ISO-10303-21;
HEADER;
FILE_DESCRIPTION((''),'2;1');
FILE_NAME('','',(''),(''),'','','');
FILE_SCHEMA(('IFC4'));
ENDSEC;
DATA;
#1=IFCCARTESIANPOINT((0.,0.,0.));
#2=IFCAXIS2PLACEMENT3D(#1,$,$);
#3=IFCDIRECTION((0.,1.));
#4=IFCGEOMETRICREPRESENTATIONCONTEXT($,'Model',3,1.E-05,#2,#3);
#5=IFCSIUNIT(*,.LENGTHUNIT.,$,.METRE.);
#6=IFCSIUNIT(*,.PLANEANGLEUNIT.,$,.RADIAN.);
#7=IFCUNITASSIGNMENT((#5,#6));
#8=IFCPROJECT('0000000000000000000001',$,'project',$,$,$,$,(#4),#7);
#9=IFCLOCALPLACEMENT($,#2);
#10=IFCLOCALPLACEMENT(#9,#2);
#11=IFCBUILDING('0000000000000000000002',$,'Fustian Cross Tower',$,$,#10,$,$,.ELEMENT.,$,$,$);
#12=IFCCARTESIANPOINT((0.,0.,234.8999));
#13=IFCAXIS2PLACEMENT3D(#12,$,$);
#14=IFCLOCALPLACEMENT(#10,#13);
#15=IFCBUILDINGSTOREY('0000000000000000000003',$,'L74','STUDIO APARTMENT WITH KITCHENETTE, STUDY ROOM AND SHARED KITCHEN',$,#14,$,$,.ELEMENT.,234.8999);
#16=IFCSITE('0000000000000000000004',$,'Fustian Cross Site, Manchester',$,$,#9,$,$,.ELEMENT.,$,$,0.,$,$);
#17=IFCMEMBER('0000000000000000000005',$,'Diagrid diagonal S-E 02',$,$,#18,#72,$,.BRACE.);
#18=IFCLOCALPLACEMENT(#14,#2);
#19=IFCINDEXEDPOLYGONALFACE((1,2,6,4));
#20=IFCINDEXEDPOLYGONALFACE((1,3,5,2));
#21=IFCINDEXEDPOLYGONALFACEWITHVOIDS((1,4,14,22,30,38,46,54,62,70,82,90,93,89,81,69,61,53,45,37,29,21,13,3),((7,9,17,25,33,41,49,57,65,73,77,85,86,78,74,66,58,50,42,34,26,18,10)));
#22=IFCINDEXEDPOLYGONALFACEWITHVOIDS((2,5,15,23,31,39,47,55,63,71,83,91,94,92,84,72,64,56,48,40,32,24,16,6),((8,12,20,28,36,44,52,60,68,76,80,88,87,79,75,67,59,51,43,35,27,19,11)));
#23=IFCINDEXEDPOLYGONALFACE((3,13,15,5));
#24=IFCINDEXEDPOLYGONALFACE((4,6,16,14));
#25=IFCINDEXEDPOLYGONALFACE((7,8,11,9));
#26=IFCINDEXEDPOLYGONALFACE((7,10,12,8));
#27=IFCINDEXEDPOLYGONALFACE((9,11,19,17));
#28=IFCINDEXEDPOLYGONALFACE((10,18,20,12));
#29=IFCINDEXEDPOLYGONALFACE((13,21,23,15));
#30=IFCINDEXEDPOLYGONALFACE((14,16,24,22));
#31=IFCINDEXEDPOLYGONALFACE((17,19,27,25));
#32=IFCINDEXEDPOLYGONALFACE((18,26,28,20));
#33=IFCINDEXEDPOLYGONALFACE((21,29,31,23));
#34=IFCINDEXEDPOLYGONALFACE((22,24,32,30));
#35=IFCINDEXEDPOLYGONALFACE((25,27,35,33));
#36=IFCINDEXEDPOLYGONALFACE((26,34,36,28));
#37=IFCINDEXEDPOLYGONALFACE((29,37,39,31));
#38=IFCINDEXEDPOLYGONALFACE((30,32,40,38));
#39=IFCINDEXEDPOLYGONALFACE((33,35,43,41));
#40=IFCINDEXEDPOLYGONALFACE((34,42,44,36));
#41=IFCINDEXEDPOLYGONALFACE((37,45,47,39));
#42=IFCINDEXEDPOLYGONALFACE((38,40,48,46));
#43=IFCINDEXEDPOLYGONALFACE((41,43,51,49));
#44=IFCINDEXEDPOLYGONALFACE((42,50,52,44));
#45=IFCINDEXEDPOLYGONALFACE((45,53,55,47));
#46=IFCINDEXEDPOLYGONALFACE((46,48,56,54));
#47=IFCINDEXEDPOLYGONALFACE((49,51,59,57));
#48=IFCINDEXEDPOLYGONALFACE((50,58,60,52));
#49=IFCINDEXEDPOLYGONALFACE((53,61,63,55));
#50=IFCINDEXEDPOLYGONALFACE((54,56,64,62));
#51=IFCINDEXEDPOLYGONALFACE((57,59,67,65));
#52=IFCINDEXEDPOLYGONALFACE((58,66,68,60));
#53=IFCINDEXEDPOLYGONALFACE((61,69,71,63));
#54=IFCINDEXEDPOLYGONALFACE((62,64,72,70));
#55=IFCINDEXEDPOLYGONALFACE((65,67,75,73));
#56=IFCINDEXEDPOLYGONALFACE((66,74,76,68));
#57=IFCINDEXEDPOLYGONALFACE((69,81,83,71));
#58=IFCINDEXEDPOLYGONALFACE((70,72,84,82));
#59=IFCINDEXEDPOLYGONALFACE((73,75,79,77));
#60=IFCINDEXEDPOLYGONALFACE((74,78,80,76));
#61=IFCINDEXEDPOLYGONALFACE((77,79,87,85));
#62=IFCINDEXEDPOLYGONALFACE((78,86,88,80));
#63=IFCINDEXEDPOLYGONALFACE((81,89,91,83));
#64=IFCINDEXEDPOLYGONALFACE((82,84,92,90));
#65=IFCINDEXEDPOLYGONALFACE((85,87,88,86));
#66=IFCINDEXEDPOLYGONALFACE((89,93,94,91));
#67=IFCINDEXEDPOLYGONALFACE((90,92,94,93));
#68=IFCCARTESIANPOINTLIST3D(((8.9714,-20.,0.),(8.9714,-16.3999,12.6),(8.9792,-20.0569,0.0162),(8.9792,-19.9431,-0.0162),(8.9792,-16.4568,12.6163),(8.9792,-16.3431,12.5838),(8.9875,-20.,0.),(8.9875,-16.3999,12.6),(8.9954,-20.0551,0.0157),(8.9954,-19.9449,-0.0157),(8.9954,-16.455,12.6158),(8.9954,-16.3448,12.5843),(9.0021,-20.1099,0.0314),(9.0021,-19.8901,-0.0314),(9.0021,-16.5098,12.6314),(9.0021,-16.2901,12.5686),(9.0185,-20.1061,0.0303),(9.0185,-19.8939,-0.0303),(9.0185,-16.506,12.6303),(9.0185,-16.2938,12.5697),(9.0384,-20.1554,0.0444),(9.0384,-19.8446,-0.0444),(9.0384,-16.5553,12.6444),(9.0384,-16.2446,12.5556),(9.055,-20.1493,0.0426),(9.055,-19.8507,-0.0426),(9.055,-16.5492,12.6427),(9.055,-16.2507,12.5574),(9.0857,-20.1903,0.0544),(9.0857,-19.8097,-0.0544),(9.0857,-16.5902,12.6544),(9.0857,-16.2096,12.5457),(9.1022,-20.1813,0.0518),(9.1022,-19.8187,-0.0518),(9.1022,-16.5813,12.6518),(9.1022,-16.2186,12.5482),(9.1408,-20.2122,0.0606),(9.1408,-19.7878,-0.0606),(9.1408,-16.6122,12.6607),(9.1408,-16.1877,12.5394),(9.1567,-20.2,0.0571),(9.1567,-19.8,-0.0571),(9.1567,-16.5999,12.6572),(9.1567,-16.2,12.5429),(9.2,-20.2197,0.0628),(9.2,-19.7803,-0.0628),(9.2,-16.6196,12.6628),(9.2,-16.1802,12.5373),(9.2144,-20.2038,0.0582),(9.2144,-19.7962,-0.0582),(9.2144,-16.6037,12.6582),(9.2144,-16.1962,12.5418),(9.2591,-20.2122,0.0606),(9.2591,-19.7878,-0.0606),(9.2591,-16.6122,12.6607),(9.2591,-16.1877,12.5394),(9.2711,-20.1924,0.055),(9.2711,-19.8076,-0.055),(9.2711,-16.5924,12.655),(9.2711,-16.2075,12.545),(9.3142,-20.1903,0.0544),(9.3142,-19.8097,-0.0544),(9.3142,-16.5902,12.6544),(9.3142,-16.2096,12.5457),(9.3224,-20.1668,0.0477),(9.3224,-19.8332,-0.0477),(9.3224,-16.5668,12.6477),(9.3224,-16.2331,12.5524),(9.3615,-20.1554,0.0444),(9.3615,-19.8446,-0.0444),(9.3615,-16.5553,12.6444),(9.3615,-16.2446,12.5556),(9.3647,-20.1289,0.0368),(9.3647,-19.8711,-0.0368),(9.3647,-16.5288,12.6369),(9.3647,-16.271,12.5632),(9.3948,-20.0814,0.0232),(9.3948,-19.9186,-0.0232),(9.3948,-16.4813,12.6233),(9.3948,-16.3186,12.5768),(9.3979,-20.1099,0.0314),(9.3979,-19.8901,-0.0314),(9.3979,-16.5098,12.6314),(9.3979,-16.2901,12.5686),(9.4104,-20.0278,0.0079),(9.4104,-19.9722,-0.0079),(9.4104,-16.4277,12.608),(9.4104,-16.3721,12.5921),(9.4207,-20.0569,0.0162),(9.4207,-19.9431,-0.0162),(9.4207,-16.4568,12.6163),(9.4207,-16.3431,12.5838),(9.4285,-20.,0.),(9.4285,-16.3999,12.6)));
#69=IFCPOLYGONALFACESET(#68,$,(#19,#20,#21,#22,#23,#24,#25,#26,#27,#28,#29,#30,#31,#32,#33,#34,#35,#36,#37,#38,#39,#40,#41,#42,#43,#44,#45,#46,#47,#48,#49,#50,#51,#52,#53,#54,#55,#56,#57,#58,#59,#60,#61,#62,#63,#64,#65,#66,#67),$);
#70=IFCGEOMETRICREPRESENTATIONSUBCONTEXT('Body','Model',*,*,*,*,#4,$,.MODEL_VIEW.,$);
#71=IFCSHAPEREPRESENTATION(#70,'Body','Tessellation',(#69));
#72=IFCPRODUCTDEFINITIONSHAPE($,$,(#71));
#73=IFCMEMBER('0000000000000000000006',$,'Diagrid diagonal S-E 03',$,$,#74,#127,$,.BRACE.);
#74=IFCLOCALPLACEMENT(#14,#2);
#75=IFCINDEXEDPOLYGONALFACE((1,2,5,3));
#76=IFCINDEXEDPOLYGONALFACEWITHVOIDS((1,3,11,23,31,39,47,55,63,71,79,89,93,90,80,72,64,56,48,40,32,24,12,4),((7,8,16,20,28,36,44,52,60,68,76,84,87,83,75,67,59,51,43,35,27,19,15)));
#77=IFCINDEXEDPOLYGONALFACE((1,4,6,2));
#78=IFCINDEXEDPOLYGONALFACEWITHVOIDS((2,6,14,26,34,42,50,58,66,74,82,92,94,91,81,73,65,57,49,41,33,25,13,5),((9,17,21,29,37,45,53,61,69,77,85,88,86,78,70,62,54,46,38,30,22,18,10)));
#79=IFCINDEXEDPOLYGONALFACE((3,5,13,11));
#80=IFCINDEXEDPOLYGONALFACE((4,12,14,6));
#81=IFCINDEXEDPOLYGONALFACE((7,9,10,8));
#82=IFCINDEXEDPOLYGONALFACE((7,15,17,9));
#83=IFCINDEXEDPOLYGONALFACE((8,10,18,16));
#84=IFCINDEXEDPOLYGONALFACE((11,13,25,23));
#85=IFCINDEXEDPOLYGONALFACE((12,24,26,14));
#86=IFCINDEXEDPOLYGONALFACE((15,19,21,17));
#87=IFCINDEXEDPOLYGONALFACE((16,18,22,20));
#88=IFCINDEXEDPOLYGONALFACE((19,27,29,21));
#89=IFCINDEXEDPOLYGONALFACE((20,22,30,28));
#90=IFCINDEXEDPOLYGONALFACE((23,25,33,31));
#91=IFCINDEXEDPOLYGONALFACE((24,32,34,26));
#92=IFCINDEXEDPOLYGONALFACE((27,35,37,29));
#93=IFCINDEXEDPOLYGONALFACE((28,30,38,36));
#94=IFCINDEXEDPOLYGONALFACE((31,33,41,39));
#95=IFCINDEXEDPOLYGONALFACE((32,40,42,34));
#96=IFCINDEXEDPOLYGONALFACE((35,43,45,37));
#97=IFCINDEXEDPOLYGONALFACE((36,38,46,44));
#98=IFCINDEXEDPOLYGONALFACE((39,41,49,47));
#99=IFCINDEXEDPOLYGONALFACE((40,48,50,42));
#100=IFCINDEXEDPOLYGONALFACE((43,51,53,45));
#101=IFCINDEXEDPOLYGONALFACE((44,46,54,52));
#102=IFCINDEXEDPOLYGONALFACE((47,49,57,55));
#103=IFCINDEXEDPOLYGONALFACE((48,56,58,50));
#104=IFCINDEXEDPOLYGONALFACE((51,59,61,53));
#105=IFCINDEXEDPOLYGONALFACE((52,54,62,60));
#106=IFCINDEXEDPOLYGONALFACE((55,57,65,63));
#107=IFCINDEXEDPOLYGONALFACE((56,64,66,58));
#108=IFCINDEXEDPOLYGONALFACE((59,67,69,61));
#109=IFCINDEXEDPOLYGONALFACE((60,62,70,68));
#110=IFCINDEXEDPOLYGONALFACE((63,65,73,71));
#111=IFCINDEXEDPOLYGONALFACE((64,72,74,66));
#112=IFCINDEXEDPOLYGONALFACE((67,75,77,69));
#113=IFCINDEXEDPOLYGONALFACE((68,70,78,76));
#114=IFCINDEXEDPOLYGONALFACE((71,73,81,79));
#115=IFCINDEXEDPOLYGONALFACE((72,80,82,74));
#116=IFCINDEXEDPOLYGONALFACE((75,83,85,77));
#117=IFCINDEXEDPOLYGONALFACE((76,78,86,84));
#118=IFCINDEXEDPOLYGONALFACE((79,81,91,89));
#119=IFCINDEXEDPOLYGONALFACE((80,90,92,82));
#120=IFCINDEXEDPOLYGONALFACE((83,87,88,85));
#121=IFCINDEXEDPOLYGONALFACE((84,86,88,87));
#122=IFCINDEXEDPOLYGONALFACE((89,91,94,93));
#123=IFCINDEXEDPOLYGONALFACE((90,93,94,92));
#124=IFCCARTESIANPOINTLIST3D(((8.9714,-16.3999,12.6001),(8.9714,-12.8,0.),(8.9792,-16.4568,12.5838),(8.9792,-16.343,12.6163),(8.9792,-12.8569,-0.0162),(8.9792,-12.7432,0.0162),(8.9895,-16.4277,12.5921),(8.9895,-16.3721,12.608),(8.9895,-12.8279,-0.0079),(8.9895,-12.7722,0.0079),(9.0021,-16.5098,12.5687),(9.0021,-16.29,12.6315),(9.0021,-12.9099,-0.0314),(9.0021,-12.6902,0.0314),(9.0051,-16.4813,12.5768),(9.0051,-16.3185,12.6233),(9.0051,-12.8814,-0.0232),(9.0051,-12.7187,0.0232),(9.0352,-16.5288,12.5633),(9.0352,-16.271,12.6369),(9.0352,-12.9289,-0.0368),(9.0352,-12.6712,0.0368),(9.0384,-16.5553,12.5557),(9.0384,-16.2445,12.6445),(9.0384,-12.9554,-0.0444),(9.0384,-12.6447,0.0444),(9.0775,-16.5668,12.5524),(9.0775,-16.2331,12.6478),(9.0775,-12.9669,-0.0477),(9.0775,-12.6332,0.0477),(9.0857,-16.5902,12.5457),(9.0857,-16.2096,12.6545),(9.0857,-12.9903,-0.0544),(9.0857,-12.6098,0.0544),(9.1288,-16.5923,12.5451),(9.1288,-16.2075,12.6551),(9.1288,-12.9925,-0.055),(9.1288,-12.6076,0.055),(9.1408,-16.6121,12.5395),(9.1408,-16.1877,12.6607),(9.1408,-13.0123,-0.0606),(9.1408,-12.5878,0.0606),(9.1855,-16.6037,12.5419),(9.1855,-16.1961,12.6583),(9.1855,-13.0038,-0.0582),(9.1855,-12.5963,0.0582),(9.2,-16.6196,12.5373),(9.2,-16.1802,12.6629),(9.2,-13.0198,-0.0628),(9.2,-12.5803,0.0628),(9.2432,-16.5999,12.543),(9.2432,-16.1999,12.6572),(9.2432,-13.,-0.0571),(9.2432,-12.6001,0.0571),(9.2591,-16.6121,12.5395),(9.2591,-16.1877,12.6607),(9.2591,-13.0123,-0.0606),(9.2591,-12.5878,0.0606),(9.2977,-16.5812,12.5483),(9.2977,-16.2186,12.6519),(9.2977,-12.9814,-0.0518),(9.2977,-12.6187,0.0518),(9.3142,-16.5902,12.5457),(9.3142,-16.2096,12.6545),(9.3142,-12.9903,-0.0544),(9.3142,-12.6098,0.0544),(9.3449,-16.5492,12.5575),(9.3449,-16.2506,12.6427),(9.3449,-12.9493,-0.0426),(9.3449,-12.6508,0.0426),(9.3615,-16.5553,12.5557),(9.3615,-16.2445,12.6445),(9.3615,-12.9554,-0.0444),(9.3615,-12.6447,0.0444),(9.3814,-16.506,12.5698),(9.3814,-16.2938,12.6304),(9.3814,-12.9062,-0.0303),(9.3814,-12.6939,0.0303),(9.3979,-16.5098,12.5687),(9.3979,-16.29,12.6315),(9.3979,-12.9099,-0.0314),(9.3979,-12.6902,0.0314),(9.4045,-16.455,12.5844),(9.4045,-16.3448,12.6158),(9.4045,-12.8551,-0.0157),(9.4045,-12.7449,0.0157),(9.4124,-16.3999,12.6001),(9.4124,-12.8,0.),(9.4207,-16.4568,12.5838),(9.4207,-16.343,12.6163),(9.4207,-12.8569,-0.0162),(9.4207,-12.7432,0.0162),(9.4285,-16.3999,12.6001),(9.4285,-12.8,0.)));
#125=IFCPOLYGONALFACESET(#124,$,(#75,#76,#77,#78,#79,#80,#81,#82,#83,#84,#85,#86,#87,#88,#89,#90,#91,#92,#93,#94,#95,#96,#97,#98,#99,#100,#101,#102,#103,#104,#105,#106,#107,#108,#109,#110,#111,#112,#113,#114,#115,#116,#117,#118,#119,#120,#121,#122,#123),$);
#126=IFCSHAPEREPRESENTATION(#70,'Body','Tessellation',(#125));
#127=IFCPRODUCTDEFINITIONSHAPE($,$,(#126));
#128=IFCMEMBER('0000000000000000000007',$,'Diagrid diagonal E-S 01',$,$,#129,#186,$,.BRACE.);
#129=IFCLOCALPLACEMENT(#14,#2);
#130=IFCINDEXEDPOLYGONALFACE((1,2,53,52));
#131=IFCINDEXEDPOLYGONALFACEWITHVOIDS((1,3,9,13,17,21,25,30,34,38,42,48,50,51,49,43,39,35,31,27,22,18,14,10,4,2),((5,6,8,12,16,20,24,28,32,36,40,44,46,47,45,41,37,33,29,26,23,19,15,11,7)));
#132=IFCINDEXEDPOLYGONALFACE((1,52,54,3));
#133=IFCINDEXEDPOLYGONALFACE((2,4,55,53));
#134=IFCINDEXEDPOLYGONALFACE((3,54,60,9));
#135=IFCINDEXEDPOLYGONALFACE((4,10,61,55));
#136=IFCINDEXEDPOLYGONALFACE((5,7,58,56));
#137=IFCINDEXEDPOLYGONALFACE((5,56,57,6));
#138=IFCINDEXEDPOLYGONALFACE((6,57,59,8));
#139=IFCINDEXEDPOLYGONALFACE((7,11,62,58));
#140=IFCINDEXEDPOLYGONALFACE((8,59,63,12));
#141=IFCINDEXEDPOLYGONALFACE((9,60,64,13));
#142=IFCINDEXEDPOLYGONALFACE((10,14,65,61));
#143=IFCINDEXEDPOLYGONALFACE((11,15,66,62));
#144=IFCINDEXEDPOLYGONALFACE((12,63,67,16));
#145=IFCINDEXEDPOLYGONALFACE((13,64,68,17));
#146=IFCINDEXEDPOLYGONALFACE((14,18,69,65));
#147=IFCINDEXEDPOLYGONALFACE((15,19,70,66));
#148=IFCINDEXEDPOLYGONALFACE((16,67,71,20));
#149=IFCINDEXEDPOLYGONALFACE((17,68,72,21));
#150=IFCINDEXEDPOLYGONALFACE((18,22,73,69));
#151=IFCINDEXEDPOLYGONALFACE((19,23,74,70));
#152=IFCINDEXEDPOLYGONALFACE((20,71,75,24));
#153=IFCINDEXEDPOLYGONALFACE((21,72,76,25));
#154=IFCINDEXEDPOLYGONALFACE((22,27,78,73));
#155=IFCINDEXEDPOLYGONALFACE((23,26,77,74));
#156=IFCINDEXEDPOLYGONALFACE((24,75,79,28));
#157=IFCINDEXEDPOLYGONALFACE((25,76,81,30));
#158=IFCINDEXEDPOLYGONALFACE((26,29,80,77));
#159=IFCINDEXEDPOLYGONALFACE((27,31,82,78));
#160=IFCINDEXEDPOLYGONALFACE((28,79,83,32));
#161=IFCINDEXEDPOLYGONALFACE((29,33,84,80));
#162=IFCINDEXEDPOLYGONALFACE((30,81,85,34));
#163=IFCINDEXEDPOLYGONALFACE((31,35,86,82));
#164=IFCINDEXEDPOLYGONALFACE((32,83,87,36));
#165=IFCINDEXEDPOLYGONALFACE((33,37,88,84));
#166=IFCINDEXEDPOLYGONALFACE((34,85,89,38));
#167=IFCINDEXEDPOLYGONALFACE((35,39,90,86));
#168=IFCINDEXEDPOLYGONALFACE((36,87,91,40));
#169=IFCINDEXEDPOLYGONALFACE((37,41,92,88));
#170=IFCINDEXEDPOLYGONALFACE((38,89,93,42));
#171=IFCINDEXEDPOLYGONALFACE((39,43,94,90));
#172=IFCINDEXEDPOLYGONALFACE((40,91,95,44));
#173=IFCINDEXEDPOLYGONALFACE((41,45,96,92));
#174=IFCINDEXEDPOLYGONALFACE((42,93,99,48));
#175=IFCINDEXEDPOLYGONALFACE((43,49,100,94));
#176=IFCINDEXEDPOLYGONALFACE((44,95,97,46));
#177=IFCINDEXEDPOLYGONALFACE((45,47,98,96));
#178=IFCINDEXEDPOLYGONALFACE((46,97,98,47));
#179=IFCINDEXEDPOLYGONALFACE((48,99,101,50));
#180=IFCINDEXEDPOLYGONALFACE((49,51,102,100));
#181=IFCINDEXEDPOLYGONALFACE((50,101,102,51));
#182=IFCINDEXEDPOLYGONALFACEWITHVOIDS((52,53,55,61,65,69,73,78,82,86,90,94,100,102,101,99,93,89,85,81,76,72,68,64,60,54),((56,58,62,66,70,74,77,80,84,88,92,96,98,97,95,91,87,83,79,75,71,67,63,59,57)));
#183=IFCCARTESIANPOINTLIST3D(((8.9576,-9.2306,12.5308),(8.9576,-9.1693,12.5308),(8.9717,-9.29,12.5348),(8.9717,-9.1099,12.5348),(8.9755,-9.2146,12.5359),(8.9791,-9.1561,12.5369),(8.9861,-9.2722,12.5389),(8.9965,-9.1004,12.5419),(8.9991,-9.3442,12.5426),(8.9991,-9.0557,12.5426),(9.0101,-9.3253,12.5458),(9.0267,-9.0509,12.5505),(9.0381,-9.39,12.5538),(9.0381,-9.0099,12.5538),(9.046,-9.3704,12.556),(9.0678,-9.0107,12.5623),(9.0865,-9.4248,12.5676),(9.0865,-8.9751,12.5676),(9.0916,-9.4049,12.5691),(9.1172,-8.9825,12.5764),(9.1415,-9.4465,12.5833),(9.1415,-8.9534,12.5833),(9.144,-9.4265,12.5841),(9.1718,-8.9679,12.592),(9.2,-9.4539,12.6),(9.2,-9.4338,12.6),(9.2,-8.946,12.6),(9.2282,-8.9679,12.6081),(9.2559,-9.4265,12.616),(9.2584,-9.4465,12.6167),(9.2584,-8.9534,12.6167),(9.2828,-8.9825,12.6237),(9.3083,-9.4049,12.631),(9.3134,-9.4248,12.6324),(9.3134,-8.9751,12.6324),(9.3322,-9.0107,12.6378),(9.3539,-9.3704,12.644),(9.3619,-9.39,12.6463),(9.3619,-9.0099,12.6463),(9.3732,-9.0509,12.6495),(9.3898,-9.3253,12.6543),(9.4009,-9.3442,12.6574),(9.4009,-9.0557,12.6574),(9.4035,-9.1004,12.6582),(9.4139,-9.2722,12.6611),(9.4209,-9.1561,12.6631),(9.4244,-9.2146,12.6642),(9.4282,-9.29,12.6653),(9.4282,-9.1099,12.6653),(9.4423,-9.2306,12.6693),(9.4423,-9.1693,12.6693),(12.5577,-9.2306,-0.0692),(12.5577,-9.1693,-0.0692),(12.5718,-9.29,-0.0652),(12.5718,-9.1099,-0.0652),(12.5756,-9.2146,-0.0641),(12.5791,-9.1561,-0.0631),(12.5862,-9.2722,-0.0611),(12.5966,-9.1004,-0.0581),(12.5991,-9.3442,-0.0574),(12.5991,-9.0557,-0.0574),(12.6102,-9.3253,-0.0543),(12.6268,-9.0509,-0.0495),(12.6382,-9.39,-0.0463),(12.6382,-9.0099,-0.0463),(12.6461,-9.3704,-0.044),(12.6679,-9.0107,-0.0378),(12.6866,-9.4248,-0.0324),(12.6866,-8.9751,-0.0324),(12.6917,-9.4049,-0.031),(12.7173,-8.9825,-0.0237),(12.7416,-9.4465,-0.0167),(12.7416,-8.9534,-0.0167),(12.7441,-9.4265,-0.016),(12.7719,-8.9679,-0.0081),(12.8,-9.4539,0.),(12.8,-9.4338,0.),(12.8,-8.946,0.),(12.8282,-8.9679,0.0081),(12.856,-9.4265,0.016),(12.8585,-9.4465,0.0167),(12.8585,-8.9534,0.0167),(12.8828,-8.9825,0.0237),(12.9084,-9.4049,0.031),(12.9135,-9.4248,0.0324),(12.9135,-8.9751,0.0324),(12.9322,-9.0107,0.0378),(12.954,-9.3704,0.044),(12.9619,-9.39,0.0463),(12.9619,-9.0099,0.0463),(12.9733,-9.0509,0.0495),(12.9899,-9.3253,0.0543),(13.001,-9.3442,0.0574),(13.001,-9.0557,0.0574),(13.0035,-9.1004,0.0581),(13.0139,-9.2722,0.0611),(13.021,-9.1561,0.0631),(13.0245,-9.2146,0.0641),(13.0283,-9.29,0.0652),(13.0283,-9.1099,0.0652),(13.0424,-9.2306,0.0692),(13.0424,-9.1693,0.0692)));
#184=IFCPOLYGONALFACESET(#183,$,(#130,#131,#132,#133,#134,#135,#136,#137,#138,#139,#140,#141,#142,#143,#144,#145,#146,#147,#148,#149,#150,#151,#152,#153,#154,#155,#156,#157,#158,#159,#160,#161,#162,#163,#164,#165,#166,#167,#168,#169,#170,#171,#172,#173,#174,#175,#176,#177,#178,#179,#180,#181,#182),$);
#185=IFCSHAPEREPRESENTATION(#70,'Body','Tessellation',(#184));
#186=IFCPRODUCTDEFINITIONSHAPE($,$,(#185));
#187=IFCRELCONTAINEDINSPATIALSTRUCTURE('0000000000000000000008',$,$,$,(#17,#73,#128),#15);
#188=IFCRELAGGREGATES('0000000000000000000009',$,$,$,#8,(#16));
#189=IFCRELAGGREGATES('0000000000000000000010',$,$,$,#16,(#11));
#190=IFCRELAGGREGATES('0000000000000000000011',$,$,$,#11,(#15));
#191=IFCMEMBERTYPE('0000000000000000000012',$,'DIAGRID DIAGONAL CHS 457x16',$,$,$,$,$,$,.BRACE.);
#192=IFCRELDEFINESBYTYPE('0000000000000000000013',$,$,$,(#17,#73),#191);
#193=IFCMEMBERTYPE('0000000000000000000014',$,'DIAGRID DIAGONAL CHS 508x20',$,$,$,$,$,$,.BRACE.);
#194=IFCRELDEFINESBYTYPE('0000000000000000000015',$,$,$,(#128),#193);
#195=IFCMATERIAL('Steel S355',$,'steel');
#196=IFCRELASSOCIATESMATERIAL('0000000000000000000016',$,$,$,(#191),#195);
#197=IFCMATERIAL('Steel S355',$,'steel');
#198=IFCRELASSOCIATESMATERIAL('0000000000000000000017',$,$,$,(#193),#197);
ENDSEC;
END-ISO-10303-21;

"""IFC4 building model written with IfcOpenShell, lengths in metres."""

from ifc_helpers import new_model, si_unit, direction, frame, origin, origin_2d, place, context, subcontext, project, spatial, hollow_circle, extrude, material, material_profile, profile_set, type_object, element, save


model = new_model("IFC4")

# Units and contexts
model_context = context("Model", 3, precision=1e-05, world=origin(), true_north=direction((0.0, 1.0)))
body_context = subcontext(model_context, "Body", "Model", "MODEL_VIEW")
ifc_project = project(units=[si_unit("LENGTHUNIT", "METRE"), si_unit("PLANEANGLEUNIT", "RADIAN")], contexts=[model_context])

# Site, building, storey
site_placement = place(None, origin())
site = spatial("IfcSite", under=ifc_project, at=site_placement, Name="Fustian Cross Site, Manchester", CompositionType="ELEMENT", RefElevation=0.0)
building_placement = place(site_placement, origin())
building = spatial("IfcBuilding", under=site, at=building_placement, Name="Fustian Cross Tower", CompositionType="ELEMENT")
storey_placement = place(building_placement, frame((0.0, 0.0, 234.8999)))
storey = spatial("IfcBuildingStorey", under=building, at=storey_placement, Name="L74", Description="STUDIO APARTMENT WITH KITCHENETTE, STUDY ROOM AND SHARED KITCHEN", CompositionType="ELEMENT", Elevation=234.8999)

# Members
ifc_material_1 = material(Name="Steel S355", Category="steel")
ifc_material_profile_1 = material_profile(ifc_material_1, hollow_circle(Radius=0.2285, WallThickness=0.0161, at=origin_2d()), Name="CHS 457x16")
ifc_profile_set_1 = profile_set([ifc_material_profile_1], Name="Steel S355")
member_type_1 = type_object("IfcMemberType", Name="DIAGRID DIAGONAL CHS 457x16", PredefinedType="BRACE", material=ifc_profile_set_1)
for number, where, z_axis, x_axis, name in (
    (1, (9.2, -20.0, 0.0), (0.0, 0.274726, 0.961523), (-1.0, 0.0, 0.0), "Diagrid diagonal S-E 02"),
    (2, (9.2, -12.8, 0.0), (0.0, -0.274709, 0.961527), (1.0, 0.0, 0.0), "Diagrid diagonal S-E 03"),
):
    element("IfcMember", number, at=place(storey_placement, frame(where, z_axis=z_axis, x_axis=x_axis)), inside=storey, type_object=member_type_1, Name=name, PredefinedType="BRACE", context=body_context, shape_type="SweptSolid", body=[
        extrude(hollow_circle(Radius=0.2285, WallThickness=0.0161, at=origin_2d()), origin(), (0.0, 0.0, 1.0), 13.1042),
    ])
ifc_material_2 = material(Name="Steel S355", Category="steel")
ifc_material_profile_2 = material_profile(ifc_material_2, hollow_circle(Radius=0.2539, WallThickness=0.02, at=origin_2d()), Name="CHS 508x20")
ifc_profile_set_2 = profile_set([ifc_material_profile_2], Name="Steel S355")
member_type_2 = type_object("IfcMemberType", Name="DIAGRID DIAGONAL CHS 508x20", PredefinedType="BRACE", material=ifc_profile_set_2)
for number, where, z_axis, x_axis, name in (
    (3, (12.8, -9.2, 0.0), (-0.274726, 0.0, 0.961523), (0.0, -1.0, 0.0), "Diagrid diagonal E-S 01"),
):
    element("IfcMember", number, at=place(storey_placement, frame(where, z_axis=z_axis, x_axis=x_axis)), inside=storey, type_object=member_type_2, Name=name, PredefinedType="BRACE", context=body_context, shape_type="SweptSolid", body=[
        extrude(hollow_circle(Radius=0.2539, WallThickness=0.02, at=origin_2d()), origin(), (0.0, 0.0, 1.0), 13.1042),
    ])

save(model, "model.ifc")
